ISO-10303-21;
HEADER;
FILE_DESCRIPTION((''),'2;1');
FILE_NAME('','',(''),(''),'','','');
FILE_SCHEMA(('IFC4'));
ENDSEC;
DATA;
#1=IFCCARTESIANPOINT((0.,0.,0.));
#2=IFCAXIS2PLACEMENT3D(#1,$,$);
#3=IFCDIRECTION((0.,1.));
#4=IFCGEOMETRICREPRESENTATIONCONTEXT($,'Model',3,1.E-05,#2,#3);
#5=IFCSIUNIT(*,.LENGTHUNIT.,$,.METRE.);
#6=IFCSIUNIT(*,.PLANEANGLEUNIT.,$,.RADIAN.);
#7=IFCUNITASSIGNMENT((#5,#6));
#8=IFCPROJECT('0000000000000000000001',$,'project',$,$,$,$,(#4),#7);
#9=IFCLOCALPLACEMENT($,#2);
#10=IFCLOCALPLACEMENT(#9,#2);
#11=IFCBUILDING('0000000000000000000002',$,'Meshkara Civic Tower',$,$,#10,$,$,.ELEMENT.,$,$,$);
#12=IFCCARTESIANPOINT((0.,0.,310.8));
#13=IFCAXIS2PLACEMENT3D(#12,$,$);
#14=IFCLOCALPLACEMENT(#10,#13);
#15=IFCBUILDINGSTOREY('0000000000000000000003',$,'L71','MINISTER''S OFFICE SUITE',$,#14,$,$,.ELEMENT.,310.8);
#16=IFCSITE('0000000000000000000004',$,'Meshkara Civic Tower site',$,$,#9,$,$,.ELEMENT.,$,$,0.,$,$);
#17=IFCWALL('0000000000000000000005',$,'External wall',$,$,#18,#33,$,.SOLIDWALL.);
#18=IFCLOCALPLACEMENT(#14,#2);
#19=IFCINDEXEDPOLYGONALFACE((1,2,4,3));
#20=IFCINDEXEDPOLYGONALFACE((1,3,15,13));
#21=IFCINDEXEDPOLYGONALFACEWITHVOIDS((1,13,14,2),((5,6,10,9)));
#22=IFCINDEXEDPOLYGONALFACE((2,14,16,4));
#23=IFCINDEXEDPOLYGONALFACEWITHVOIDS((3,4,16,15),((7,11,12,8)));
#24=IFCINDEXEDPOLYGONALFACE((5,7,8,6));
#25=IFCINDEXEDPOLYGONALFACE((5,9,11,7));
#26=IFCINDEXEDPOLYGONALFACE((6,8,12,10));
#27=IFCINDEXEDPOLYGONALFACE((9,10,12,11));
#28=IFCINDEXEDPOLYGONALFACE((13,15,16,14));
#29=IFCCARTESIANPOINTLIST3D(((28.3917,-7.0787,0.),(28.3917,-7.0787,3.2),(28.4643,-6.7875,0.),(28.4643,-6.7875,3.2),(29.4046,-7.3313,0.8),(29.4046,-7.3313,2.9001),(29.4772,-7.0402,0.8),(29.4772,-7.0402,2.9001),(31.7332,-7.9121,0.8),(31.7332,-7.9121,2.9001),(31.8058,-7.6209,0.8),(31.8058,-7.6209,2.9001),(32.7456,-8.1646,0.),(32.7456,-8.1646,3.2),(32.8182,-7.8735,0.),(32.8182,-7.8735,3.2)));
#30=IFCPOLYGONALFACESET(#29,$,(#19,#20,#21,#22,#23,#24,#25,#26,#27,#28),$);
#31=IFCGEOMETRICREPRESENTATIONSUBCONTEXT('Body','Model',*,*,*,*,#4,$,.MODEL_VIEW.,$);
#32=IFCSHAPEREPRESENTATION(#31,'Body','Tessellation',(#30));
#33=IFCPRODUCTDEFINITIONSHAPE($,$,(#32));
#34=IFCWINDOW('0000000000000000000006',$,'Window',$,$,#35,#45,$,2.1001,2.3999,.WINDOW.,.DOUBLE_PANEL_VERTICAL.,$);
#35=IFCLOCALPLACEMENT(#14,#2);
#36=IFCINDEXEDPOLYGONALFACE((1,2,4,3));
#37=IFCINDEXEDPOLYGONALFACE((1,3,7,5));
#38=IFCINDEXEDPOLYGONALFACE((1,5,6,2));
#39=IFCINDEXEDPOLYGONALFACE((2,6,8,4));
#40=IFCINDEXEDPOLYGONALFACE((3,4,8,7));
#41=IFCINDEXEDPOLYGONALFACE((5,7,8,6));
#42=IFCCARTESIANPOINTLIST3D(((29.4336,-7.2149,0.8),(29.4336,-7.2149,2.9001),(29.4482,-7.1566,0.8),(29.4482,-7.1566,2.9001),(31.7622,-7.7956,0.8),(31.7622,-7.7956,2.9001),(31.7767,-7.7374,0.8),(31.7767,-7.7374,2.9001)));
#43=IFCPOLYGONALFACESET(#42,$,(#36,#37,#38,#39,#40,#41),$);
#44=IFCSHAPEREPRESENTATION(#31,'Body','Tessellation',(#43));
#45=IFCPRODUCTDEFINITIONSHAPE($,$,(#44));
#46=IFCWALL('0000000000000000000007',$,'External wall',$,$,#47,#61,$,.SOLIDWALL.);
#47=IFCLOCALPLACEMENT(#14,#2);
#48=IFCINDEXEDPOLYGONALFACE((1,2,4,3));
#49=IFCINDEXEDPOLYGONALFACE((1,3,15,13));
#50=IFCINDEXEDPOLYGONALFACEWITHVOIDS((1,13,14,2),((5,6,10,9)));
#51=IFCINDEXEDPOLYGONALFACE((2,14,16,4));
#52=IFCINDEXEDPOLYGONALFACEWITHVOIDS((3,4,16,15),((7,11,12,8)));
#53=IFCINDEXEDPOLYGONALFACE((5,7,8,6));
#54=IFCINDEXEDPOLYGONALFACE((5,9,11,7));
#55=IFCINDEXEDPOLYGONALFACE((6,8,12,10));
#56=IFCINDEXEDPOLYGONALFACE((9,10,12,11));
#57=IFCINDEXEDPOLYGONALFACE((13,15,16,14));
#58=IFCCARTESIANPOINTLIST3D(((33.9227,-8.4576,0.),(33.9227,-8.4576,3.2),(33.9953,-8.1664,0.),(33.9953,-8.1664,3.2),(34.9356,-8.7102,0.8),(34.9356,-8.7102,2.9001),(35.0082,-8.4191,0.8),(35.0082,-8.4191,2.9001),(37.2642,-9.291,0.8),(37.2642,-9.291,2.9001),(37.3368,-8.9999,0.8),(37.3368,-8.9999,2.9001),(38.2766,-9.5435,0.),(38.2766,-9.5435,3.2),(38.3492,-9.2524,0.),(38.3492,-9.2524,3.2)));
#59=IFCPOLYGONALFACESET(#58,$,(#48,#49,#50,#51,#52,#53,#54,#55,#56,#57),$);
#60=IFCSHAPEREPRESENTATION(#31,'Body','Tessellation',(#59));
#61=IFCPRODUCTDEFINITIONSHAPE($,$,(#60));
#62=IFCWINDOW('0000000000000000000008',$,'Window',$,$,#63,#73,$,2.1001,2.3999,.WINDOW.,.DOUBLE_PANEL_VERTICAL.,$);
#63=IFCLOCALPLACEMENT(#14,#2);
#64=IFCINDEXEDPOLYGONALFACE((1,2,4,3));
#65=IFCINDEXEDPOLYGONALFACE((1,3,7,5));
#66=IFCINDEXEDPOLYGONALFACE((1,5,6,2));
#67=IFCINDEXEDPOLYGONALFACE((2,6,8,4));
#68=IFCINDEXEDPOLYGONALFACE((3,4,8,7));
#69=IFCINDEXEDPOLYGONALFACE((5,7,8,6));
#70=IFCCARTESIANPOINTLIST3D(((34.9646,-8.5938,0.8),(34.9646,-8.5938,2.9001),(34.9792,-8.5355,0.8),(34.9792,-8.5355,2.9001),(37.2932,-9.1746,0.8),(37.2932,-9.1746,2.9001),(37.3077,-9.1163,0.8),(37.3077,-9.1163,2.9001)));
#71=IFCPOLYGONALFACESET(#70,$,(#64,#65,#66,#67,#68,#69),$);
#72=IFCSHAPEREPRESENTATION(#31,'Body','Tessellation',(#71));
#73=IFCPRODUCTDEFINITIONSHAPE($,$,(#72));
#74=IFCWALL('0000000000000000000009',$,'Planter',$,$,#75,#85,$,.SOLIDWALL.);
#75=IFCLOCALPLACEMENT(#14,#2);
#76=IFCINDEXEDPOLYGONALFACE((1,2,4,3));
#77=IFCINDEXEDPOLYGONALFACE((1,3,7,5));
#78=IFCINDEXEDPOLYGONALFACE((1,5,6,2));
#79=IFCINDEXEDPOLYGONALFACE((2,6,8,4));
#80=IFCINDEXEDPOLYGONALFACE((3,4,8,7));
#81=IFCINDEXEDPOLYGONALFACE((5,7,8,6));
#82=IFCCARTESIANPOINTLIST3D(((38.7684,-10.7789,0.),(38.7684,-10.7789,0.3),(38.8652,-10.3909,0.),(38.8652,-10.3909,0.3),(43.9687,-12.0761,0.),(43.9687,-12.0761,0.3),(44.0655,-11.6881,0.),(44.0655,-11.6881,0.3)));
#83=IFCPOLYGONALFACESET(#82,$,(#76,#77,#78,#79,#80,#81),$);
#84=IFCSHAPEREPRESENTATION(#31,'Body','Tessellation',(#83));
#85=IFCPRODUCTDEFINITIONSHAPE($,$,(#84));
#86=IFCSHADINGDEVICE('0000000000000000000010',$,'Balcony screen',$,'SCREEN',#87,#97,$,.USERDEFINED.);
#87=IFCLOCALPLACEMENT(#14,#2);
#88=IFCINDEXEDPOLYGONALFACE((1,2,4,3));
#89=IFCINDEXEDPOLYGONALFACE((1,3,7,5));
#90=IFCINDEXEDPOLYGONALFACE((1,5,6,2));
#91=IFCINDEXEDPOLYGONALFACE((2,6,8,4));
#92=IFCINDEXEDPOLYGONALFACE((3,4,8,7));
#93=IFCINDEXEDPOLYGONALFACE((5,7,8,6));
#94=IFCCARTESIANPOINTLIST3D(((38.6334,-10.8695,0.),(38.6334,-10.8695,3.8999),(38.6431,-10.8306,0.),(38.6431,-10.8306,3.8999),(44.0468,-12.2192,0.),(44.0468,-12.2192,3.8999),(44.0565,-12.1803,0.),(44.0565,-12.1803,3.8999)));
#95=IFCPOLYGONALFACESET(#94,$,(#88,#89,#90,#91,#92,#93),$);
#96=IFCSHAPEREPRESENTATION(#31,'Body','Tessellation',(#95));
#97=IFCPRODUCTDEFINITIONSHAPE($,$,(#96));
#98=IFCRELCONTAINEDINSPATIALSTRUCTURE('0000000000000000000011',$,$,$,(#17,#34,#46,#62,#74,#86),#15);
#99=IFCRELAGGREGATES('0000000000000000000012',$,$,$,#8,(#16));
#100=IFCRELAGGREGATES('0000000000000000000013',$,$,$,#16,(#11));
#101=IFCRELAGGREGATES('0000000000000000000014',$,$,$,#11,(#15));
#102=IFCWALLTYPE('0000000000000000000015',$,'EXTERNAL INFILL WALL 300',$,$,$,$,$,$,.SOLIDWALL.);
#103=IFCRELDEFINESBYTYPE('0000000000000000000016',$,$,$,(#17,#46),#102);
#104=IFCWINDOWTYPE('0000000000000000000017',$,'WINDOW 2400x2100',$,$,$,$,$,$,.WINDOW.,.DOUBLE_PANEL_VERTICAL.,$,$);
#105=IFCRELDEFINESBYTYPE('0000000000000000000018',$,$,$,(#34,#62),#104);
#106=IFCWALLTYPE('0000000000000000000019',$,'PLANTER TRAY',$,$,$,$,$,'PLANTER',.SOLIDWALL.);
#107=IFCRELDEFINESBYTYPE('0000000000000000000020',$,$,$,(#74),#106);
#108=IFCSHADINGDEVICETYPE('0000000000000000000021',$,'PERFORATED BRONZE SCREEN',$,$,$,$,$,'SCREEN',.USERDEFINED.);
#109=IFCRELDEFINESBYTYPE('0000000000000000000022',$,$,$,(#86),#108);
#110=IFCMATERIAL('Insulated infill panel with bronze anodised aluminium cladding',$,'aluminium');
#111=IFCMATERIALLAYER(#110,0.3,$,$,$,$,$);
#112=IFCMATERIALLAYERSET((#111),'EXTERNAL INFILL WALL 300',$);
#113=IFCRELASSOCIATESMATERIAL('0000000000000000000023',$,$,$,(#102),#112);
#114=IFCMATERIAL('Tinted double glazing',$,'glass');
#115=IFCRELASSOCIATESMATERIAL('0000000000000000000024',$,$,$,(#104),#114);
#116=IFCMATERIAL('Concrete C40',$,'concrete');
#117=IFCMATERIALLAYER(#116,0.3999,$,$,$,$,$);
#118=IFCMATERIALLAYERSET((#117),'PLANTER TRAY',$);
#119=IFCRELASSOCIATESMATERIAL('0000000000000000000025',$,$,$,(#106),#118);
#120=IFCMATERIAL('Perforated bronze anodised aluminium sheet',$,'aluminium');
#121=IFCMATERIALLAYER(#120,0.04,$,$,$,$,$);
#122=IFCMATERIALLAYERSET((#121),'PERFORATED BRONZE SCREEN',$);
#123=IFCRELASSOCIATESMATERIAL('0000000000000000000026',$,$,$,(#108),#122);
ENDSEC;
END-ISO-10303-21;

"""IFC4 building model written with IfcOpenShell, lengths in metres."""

from ifc_helpers import new_model, si_unit, direction, frame, frame_2d, origin, origin_2d, place, context, subcontext, project, spatial, rectangle, extrude, material, layer, layer_set, type_object, element, fill, save


model = new_model("IFC4")

# Units and contexts
model_context = context("Model", 3, precision=1e-05, world=origin(), true_north=direction((0.0, 1.0)))
body_context = subcontext(model_context, "Body", "Model", "MODEL_VIEW")
ifc_project = project(units=[si_unit("LENGTHUNIT", "METRE"), si_unit("PLANEANGLEUNIT", "RADIAN")], contexts=[model_context])

# Site, building, storey
site_placement = place(None, origin())
site = spatial("IfcSite", under=ifc_project, at=site_placement, Name="Meshkara Civic Tower site", CompositionType="ELEMENT", RefElevation=0.0)
building_placement = place(site_placement, origin())
building = spatial("IfcBuilding", under=site, at=building_placement, Name="Meshkara Civic Tower", CompositionType="ELEMENT")
storey_placement = place(building_placement, frame((0.0, 0.0, 310.8)))
storey = spatial("IfcBuildingStorey", under=building, at=storey_placement, Name="L71", Description="MINISTER'S OFFICE SUITE", CompositionType="ELEMENT", Elevation=310.8)

# Walls, openings, windows
ifc_material_1 = material(Name="Insulated infill panel with bronze anodised aluminium cladding", Category="aluminium")
ifc_layer_1 = layer(ifc_material_1, 0.3)
ifc_layer_set_1 = layer_set([ifc_layer_1], Name="EXTERNAL INFILL WALL 300")
wall_type_1 = type_object("IfcWallType", Name="EXTERNAL INFILL WALL 300", PredefinedType="SOLIDWALL", material=ifc_layer_set_1)
ifc_material_2 = material(Name="Tinted double glazing", Category="glass")
window_type = type_object("IfcWindowType", Name="WINDOW 2400x2100", PartitioningType="DOUBLE_PANEL_VERTICAL", PredefinedType="WINDOW", material=ifc_material_2)
wall_1_placement = place(storey_placement, frame((28.428, -6.9331, 0.0), z_axis=(0.0, 0.0, 1.0), x_axis=(0.970277, -0.241998, 0.0)))
wall_1 = element("IfcWall", 1, at=wall_1_placement, inside=storey, type_object=wall_type_1, Name="External wall", PredefinedType="SOLIDWALL", context=body_context, shape_type="SweptSolid", body=[
    extrude(rectangle(XDim=4.4873, YDim=0.3, at=frame_2d((2.2437, 0.0))), origin(), (0.0, 0.0, 1.0), 3.2),
])
opening_1_placement = place(wall_1_placement, frame((1.0439, 0.0, 0.8)))
opening_1 = element("IfcOpeningElement", 2, at=opening_1_placement, cuts=wall_1, PredefinedType="OPENING", context=body_context, shape_type="SweptSolid", body=[
    extrude(rectangle(XDim=2.3999, YDim=2.1001, at=frame_2d((1.2, 1.05))), frame((0.0, 0.1599, 0.0), z_axis=(0.0, -1.0, 0.0), x_axis=(1.0, 0.0, 0.0)), (0.0, 0.0, 1.0), 0.3201),
])
window_1_placement = place(opening_1_placement, origin())
window_1 = element("IfcWindow", 3, at=window_1_placement, inside=storey, type_object=window_type, Name="Window", OverallHeight=2.1001, OverallWidth=2.3999, PartitioningType="DOUBLE_PANEL_VERTICAL", PredefinedType="WINDOW", context=body_context, shape_type="SweptSolid", body=[
    extrude(rectangle(XDim=2.3999, YDim=2.1001, at=frame_2d((1.2, 1.05))), frame((0.0, 0.03, 0.0), z_axis=(0.0, -1.0, 0.0), x_axis=(1.0, 0.0, 0.0)), (0.0, 0.0, 1.0), 0.0601),
])
fill(opening_1, window_1)
wall_2_placement = place(storey_placement, frame((33.959, -8.312, 0.0), z_axis=(0.0, 0.0, 1.0), x_axis=(0.970277, -0.241998, 0.0)))
wall_2 = element("IfcWall", 4, at=wall_2_placement, inside=storey, type_object=wall_type_1, Name="External wall", PredefinedType="SOLIDWALL", context=body_context, shape_type="SweptSolid", body=[
    extrude(rectangle(XDim=4.4873, YDim=0.3, at=frame_2d((2.2437, 0.0))), origin(), (0.0, 0.0, 1.0), 3.2),
])
opening_2_placement = place(wall_2_placement, frame((1.0439, 0.0, 0.8)))
opening_2 = element("IfcOpeningElement", 5, at=opening_2_placement, cuts=wall_2, PredefinedType="OPENING", context=body_context, shape_type="SweptSolid", body=[
    extrude(rectangle(XDim=2.3999, YDim=2.1001, at=frame_2d((1.2, 1.05))), frame((0.0, 0.1599, 0.0), z_axis=(0.0, -1.0, 0.0), x_axis=(1.0, 0.0, 0.0)), (0.0, 0.0, 1.0), 0.3201),
])
window_2_placement = place(opening_2_placement, origin())
window_2 = element("IfcWindow", 6, at=window_2_placement, inside=storey, type_object=window_type, Name="Window", OverallHeight=2.1001, OverallWidth=2.3999, PartitioningType="DOUBLE_PANEL_VERTICAL", PredefinedType="WINDOW", context=body_context, shape_type="SweptSolid", body=[
    extrude(rectangle(XDim=2.3999, YDim=2.1001, at=frame_2d((1.2, 1.05))), frame((0.0, 0.03, 0.0), z_axis=(0.0, -1.0, 0.0), x_axis=(1.0, 0.0, 0.0)), (0.0, 0.0, 1.0), 0.0601),
])
fill(opening_2, window_2)

# Wall
ifc_material_3 = material(Name="Concrete C40", Category="concrete")
ifc_layer_2 = layer(ifc_material_3, 0.3999)
ifc_layer_set_2 = layer_set([ifc_layer_2], Name="PLANTER TRAY")
wall_type_2 = type_object("IfcWallType", Name="PLANTER TRAY", ElementType="PLANTER", PredefinedType="SOLIDWALL", material=ifc_layer_set_2)
wall_3_placement = place(storey_placement, frame((38.8169, -10.585, 0.0), z_axis=(0.0, 0.0, 1.0), x_axis=(0.970271, -0.242021, 0.0)))
element("IfcWall", 7, at=wall_3_placement, inside=storey, type_object=wall_type_2, Name="Planter", PredefinedType="SOLIDWALL", context=body_context, shape_type="SweptSolid", body=[
    extrude(rectangle(XDim=5.3596, YDim=0.3999, at=frame_2d((2.6797, 0.0))), origin(), (0.0, 0.0, 1.0), 0.3),
])

# Shading device
ifc_material_4 = material(Name="Perforated bronze anodised aluminium sheet", Category="aluminium")
ifc_layer_3 = layer(ifc_material_4, 0.04)
ifc_layer_set_3 = layer_set([ifc_layer_3], Name="PERFORATED BRONZE SCREEN")
shading_device_type = type_object("IfcShadingDeviceType", Name="PERFORATED BRONZE SCREEN", ElementType="SCREEN", PredefinedType="USERDEFINED", material=ifc_layer_set_3)
shading_device_placement = place(storey_placement, frame((41.345, -11.5249, 0.0), z_axis=(0.0, 0.0, 1.0), x_axis=(0.970296, -0.241922, 0.0)))
element("IfcShadingDevice", 8, at=shading_device_placement, inside=storey, type_object=shading_device_type, Name="Balcony screen", ObjectType="SCREEN", PredefinedType="USERDEFINED", context=body_context, shape_type="SweptSolid", body=[
    extrude(rectangle(XDim=5.5791, YDim=0.04, at=origin_2d()), origin(), (0.0, 0.0, 1.0), 3.8999),
])

save(model, "model.ifc")
